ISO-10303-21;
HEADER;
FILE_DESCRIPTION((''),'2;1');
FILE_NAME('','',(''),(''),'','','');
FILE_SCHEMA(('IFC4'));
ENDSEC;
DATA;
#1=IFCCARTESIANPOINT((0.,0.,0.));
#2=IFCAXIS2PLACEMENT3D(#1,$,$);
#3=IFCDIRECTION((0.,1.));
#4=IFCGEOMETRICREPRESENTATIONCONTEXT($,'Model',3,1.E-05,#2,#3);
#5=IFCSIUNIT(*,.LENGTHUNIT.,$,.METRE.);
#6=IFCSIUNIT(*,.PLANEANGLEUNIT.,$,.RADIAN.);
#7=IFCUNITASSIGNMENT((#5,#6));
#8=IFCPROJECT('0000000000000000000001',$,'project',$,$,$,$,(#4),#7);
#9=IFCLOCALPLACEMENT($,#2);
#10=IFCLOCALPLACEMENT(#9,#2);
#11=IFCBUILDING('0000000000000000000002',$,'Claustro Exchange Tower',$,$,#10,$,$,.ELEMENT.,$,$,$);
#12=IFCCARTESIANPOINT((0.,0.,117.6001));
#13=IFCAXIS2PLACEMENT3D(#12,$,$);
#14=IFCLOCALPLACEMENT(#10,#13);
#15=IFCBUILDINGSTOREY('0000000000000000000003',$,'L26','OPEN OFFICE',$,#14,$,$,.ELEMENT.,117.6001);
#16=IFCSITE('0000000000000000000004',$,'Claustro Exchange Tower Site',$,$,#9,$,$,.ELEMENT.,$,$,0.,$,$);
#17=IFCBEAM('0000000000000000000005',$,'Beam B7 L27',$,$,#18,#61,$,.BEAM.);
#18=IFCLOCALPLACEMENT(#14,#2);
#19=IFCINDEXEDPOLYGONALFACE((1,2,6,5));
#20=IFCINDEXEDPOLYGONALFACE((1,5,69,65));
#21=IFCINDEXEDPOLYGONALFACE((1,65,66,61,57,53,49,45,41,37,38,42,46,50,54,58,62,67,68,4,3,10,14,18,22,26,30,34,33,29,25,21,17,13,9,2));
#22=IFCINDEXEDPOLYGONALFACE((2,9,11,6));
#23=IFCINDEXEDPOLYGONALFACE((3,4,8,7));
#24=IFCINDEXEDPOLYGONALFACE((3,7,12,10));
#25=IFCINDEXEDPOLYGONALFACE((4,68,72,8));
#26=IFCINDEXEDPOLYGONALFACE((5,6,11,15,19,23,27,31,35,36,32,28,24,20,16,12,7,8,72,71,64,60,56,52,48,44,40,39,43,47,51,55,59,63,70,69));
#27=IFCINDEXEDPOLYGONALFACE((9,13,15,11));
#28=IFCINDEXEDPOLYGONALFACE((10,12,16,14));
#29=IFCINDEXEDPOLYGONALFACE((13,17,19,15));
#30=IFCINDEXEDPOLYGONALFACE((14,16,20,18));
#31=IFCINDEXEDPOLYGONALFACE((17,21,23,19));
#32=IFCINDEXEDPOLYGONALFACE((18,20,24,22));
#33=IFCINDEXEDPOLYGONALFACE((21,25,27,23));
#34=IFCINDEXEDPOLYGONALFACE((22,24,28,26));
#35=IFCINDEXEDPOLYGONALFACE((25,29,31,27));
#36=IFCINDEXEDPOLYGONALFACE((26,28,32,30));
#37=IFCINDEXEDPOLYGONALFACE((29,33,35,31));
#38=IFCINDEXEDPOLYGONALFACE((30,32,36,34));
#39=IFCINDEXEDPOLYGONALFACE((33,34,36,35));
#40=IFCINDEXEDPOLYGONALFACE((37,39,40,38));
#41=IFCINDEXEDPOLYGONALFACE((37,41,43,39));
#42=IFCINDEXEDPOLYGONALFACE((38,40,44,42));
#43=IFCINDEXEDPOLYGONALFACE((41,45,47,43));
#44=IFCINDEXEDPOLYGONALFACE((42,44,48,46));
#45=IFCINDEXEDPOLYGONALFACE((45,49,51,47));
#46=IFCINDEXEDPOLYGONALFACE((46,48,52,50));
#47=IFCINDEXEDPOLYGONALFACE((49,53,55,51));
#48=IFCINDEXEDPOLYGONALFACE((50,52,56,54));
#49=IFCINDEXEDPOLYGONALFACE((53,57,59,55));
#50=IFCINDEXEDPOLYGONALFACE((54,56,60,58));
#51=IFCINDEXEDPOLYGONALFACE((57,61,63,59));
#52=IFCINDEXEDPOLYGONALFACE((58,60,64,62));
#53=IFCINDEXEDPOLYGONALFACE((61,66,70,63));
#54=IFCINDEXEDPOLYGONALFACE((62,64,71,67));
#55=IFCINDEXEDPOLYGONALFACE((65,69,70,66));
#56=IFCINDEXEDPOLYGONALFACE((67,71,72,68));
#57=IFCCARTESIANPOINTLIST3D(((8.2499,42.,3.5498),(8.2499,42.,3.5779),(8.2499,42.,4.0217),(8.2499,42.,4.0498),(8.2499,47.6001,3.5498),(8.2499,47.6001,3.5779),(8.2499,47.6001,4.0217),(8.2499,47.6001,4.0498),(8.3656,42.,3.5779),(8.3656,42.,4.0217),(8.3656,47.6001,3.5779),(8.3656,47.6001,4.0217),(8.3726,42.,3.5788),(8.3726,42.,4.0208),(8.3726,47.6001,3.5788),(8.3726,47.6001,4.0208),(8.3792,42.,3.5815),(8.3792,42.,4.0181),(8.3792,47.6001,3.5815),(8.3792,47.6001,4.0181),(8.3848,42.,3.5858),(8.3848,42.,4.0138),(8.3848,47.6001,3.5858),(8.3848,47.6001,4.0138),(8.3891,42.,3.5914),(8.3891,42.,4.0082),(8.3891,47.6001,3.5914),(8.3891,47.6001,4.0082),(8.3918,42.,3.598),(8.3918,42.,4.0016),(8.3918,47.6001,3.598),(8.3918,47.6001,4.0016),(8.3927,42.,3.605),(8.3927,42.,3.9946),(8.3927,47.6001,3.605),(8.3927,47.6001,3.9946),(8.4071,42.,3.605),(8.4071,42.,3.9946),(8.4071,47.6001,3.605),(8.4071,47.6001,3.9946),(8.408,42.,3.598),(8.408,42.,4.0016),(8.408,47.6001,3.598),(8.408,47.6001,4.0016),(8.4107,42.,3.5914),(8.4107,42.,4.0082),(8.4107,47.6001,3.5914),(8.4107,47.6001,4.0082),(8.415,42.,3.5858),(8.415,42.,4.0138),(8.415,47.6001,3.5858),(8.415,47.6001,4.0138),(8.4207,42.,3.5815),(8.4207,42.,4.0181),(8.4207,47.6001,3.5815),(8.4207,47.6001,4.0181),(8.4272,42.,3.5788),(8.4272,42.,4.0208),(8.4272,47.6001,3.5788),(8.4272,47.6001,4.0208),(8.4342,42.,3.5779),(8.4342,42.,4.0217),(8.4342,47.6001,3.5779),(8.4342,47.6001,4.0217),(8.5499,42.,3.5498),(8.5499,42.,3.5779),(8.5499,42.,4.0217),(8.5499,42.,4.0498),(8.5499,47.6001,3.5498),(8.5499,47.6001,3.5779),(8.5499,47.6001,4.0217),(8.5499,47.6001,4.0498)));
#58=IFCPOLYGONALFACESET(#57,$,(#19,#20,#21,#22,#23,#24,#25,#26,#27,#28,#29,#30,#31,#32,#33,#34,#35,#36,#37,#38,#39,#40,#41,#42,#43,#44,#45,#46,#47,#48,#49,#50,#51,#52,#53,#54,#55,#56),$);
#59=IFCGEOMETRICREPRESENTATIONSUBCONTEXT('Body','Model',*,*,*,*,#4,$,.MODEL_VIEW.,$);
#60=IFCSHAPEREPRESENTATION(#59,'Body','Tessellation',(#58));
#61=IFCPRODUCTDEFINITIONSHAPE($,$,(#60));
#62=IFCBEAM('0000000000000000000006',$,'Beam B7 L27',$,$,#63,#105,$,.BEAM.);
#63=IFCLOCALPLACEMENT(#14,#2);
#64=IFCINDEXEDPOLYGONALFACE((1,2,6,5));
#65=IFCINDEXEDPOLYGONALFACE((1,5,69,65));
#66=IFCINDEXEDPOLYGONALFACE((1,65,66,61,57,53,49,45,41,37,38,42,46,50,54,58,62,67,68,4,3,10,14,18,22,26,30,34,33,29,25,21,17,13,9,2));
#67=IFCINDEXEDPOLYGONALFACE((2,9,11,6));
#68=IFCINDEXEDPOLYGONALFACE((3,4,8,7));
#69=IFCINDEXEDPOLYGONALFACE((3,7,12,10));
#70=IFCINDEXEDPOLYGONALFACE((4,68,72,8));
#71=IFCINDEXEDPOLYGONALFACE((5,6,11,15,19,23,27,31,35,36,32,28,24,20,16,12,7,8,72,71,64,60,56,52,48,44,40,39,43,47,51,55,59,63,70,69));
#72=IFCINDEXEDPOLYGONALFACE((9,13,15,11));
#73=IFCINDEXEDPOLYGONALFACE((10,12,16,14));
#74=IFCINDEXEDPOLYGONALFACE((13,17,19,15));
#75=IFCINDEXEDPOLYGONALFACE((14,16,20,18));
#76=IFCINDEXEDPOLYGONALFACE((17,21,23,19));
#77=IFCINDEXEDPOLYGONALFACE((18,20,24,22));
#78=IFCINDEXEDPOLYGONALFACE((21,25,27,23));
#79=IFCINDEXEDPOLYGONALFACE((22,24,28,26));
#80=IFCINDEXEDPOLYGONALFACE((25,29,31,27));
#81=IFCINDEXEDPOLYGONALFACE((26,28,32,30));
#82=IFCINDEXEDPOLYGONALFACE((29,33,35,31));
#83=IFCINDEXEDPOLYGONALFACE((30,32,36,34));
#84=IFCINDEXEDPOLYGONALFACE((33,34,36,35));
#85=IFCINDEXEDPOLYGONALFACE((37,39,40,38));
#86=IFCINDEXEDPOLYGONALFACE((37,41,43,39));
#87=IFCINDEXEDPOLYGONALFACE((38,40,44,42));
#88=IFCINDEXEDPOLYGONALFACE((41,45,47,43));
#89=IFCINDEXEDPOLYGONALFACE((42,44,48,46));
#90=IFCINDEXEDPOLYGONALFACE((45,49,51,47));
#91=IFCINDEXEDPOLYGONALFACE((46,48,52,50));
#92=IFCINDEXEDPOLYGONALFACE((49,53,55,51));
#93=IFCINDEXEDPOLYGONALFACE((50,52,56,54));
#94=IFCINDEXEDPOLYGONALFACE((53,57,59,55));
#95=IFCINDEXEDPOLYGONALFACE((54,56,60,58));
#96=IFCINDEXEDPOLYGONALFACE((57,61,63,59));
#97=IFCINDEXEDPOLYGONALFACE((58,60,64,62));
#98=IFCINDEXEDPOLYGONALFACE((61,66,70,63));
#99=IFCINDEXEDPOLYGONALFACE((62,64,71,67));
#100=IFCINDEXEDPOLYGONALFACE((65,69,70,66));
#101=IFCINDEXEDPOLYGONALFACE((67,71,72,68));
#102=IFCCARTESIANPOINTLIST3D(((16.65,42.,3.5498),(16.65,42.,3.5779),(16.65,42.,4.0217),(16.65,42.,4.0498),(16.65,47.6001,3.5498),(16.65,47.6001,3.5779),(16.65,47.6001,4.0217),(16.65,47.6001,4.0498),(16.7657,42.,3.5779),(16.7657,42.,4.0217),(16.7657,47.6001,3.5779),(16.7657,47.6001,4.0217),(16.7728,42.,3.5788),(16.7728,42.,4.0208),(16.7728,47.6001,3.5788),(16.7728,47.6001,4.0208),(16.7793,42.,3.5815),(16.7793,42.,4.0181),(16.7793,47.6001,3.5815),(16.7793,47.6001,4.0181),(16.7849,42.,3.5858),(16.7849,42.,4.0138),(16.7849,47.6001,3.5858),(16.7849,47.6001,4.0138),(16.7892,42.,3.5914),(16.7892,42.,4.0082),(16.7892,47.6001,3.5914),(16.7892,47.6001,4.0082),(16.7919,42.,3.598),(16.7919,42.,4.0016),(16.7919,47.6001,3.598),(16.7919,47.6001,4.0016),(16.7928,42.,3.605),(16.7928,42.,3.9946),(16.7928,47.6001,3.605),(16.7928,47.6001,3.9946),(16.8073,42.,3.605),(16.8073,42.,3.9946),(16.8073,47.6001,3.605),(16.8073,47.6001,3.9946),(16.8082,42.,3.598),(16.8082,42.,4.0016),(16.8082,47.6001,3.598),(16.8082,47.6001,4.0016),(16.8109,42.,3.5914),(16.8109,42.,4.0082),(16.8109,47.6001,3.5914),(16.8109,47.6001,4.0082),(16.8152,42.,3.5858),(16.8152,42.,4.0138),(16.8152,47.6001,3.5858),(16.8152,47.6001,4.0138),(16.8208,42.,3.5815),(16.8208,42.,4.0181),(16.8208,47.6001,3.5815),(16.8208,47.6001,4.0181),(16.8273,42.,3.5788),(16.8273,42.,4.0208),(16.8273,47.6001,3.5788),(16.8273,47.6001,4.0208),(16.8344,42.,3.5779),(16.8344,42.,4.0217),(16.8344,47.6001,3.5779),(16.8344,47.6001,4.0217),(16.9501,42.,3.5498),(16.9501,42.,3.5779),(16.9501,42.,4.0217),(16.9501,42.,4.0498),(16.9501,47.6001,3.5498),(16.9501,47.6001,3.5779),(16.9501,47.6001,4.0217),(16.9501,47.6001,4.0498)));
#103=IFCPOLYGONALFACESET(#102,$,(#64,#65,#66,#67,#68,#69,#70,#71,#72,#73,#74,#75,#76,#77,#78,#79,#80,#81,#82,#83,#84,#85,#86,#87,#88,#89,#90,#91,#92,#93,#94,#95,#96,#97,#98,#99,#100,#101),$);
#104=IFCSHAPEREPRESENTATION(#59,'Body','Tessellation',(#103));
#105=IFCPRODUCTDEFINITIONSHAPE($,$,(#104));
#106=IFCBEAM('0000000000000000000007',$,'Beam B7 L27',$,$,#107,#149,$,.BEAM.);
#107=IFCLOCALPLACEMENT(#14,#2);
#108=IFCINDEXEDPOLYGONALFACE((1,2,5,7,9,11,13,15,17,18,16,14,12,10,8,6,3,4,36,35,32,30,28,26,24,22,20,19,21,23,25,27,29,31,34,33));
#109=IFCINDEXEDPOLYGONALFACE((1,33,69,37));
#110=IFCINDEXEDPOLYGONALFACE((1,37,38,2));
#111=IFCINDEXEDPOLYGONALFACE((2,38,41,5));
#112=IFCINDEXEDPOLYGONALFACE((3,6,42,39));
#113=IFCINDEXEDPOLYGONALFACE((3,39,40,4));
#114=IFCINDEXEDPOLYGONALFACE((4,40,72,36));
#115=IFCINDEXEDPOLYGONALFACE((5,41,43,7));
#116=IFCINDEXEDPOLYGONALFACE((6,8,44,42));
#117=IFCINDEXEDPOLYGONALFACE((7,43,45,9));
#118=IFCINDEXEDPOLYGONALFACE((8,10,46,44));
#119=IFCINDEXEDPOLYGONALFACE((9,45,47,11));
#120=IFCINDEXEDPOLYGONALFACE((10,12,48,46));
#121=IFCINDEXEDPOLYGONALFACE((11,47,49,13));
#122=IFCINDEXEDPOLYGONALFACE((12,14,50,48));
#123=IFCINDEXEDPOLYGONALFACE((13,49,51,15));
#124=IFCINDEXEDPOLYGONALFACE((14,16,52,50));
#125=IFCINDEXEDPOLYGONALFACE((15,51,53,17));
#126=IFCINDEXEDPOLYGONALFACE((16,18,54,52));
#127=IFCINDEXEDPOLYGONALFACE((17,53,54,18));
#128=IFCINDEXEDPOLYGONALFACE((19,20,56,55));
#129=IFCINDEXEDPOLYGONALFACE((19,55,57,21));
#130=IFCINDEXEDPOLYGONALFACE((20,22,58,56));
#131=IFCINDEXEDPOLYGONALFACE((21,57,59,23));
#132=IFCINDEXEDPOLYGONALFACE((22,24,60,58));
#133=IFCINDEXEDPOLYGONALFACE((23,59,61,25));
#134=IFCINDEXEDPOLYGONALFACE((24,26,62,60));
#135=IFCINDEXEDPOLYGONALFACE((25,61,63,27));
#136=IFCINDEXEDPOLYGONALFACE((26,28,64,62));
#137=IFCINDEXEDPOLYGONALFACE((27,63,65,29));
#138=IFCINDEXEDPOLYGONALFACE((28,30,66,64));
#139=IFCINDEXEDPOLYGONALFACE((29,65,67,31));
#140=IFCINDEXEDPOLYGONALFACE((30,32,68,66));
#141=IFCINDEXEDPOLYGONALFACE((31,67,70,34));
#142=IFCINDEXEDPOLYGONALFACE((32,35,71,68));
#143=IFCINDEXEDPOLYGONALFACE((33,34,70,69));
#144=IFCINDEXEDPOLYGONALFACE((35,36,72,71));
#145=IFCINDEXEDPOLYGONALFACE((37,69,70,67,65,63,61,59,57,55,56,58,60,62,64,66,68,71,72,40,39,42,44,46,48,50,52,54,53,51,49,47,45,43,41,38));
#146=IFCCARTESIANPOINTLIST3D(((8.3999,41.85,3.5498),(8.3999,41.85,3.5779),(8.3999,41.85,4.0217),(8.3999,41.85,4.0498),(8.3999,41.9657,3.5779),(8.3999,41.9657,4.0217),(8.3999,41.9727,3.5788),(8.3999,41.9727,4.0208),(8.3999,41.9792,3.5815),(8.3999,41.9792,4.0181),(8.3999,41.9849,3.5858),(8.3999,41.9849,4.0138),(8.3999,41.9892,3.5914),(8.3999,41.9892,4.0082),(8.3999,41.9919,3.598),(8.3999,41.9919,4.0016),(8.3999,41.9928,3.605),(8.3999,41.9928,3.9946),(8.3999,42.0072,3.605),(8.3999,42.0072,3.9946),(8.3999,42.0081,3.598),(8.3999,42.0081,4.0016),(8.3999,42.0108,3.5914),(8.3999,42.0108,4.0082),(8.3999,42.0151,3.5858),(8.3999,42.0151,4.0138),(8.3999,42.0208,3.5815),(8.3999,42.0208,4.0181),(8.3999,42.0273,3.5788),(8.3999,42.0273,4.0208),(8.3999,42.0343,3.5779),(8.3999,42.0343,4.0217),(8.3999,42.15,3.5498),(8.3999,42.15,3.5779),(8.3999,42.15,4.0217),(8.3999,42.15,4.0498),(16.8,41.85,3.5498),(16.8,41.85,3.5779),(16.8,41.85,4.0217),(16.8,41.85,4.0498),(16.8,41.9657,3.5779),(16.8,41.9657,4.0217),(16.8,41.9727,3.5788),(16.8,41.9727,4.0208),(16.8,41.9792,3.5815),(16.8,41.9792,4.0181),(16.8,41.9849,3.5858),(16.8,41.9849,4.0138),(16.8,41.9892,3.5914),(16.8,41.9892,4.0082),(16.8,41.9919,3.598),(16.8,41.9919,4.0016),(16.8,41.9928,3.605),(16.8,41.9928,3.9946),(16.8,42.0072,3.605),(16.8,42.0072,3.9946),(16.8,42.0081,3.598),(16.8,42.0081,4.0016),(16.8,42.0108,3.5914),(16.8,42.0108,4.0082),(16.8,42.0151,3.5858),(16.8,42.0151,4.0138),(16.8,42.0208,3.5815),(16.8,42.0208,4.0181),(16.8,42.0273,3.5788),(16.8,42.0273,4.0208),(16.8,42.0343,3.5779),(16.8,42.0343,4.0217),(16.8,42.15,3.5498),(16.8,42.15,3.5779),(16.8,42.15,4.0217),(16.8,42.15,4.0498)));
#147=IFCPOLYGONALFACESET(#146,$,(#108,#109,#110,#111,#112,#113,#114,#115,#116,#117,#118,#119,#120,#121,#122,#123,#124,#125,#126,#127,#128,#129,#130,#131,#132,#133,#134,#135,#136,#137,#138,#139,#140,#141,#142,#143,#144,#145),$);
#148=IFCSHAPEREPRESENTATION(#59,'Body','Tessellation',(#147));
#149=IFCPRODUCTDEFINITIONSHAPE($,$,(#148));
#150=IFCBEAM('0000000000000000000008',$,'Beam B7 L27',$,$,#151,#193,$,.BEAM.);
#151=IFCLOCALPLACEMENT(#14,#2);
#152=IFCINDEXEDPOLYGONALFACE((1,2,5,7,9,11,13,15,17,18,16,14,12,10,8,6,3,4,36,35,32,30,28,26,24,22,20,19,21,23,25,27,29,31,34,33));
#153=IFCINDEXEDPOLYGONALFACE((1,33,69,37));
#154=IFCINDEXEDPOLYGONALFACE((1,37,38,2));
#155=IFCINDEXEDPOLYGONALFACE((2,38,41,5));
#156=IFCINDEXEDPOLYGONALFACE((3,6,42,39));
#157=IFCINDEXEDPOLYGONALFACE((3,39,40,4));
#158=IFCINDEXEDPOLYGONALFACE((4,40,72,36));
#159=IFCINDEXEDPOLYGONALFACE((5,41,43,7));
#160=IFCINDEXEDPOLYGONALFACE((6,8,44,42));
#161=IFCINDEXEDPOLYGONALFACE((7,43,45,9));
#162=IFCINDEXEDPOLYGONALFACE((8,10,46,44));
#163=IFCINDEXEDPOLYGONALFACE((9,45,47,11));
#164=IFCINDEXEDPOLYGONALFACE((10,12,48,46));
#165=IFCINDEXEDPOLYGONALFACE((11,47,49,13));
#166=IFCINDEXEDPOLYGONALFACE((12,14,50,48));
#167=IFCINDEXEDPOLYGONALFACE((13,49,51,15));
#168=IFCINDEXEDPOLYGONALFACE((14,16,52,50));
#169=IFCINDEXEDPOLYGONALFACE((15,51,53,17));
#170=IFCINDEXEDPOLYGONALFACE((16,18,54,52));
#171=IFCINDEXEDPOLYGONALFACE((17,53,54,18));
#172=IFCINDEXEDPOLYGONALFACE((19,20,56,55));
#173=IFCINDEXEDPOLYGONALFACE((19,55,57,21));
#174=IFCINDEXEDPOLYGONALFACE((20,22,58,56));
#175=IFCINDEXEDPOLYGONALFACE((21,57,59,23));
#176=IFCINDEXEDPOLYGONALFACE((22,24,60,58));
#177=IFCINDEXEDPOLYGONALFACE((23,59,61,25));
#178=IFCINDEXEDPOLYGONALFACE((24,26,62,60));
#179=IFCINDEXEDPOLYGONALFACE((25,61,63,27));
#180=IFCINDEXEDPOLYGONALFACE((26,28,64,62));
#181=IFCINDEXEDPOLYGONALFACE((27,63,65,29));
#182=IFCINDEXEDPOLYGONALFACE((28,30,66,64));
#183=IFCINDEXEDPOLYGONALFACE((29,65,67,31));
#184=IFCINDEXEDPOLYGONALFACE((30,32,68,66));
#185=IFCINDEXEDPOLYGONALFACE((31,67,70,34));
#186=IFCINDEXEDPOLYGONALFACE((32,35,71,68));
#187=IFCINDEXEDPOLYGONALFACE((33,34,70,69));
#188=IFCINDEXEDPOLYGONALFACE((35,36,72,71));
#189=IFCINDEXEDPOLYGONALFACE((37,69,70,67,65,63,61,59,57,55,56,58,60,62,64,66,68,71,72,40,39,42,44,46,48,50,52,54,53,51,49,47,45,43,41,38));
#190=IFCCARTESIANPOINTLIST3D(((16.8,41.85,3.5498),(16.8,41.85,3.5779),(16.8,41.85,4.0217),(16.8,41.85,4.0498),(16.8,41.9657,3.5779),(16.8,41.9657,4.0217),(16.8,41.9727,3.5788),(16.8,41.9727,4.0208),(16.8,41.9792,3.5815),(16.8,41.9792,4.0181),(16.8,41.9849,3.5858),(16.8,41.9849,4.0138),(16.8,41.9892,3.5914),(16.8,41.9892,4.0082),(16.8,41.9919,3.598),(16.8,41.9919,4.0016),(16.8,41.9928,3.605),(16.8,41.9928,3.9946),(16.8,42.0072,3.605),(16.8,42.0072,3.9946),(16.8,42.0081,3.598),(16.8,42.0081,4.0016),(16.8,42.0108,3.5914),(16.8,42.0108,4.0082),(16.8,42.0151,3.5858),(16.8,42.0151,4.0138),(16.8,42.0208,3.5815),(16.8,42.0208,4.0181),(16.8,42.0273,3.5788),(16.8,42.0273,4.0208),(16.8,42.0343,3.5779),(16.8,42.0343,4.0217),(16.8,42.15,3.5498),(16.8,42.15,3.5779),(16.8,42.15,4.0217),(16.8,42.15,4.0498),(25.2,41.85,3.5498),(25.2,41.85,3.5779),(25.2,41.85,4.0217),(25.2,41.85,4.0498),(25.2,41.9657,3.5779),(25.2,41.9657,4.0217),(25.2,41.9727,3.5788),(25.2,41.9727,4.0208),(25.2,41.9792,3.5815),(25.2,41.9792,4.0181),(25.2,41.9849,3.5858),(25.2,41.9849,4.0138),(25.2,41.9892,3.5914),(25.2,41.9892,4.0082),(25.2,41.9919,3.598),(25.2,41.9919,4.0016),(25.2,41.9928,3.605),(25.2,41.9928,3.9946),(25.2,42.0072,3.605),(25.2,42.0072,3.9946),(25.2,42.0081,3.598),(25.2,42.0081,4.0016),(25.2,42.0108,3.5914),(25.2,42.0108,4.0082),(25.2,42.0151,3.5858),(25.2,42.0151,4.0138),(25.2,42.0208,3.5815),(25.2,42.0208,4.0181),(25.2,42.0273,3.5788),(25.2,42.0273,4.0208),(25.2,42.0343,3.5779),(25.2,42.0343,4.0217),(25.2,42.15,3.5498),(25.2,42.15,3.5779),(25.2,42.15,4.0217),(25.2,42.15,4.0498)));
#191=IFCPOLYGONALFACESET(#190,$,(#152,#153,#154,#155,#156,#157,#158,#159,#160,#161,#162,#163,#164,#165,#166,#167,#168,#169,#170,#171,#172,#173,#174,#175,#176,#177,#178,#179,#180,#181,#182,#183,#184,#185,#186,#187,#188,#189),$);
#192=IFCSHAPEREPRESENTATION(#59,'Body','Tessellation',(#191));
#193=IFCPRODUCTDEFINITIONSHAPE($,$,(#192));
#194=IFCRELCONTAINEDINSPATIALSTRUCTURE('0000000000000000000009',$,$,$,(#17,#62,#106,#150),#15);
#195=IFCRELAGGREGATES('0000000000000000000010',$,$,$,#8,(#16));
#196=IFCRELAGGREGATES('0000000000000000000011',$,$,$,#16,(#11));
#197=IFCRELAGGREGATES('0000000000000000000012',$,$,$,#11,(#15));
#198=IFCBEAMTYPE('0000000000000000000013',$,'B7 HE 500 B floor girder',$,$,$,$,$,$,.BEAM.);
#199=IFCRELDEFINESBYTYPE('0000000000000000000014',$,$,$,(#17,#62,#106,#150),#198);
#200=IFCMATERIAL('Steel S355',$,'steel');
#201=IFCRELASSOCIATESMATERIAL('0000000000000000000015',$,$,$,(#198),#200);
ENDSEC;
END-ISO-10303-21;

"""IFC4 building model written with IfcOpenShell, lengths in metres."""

from ifc_helpers import new_model, si_unit, direction, frame, origin, origin_2d, place, context, subcontext, project, spatial, i_section, extrude, material, material_profile, profile_set, type_object, element, save


model = new_model("IFC4")

# Units and contexts
model_context = context("Model", 3, precision=1e-05, world=origin(), true_north=direction((0.0, 1.0)))
body_context = subcontext(model_context, "Body", "Model", "MODEL_VIEW")
ifc_project = project(units=[si_unit("LENGTHUNIT", "METRE"), si_unit("PLANEANGLEUNIT", "RADIAN")], contexts=[model_context])

# Site, building, storey
site_placement = place(None, origin())
site = spatial("IfcSite", under=ifc_project, at=site_placement, Name="Claustro Exchange Tower Site", CompositionType="ELEMENT", RefElevation=0.0)
building_placement = place(site_placement, origin())
building = spatial("IfcBuilding", under=site, at=building_placement, Name="Claustro Exchange Tower", CompositionType="ELEMENT")
storey_placement = place(building_placement, frame((0.0, 0.0, 117.6001)))
storey = spatial("IfcBuildingStorey", under=building, at=storey_placement, Name="L26", Description="OPEN OFFICE", CompositionType="ELEMENT", Elevation=117.6001)

# Beams
ifc_material_1 = material(Name="Steel S355", Category="steel")
ifc_material_profile_1 = material_profile(ifc_material_1, i_section(OverallWidth=0.3, OverallDepth=0.5, WebThickness=0.0144, FlangeThickness=0.0281, FilletRadius=0.0271, at=origin_2d()), Name="HE 500 B")
ifc_profile_set_1 = profile_set([ifc_material_profile_1], Name="Steel S355")
beam_type_1 = type_object("IfcBeamType", Name="B7 HE 500 B floor girder", PredefinedType="BEAM", material=ifc_profile_set_1)
for number, where, z_axis, x_axis, name in (
    (1, (8.3999, 42.0, 3.7998), (0.0, 1.0, 0.0), (-1.0, 0.0, 0.0), "Beam B7 L27"),
    (2, (16.8, 42.0, 3.7998), (0.0, 1.0, 0.0), (-1.0, 0.0, 0.0), "Beam B7 L27"),
):
    element("IfcBeam", number, at=place(storey_placement, frame(where, z_axis=z_axis, x_axis=x_axis)), inside=storey, type_object=beam_type_1, Name=name, PredefinedType="BEAM", context=body_context, shape_type="SweptSolid", body=[
        extrude(i_section(OverallWidth=0.3, OverallDepth=0.5, WebThickness=0.0144, FlangeThickness=0.0281, FilletRadius=0.0271, at=origin_2d()), origin(), (0.0, 0.0, 1.0), 5.6001),
    ])
beam_1_placement = place(storey_placement, frame((8.3999, 42.0, 3.7998), z_axis=(1.0, 0.0, 0.0), x_axis=(0.0, 1.0, 0.0)))
element("IfcBeam", 3, at=beam_1_placement, inside=storey, type_object=beam_type_1, Name="Beam B7 L27", PredefinedType="BEAM", context=body_context, shape_type="SweptSolid", body=[
    extrude(i_section(OverallWidth=0.3, OverallDepth=0.5, WebThickness=0.0144, FlangeThickness=0.0281, FilletRadius=0.0271, at=origin_2d()), origin(), (0.0, 0.0, 1.0), 8.4001),
])
beam_2_placement = place(storey_placement, frame((16.8, 42.0, 3.7998), z_axis=(1.0, 0.0, 0.0), x_axis=(0.0, 1.0, 0.0)))
element("IfcBeam", 4, at=beam_2_placement, inside=storey, type_object=beam_type_1, Name="Beam B7 L27", PredefinedType="BEAM", context=body_context, shape_type="SweptSolid", body=[
    extrude(i_section(OverallWidth=0.3, OverallDepth=0.5, WebThickness=0.0144, FlangeThickness=0.0281, FilletRadius=0.0271, at=origin_2d()), origin(), (0.0, 0.0, 1.0), 8.3999),
])

save(model, "model.ifc")
